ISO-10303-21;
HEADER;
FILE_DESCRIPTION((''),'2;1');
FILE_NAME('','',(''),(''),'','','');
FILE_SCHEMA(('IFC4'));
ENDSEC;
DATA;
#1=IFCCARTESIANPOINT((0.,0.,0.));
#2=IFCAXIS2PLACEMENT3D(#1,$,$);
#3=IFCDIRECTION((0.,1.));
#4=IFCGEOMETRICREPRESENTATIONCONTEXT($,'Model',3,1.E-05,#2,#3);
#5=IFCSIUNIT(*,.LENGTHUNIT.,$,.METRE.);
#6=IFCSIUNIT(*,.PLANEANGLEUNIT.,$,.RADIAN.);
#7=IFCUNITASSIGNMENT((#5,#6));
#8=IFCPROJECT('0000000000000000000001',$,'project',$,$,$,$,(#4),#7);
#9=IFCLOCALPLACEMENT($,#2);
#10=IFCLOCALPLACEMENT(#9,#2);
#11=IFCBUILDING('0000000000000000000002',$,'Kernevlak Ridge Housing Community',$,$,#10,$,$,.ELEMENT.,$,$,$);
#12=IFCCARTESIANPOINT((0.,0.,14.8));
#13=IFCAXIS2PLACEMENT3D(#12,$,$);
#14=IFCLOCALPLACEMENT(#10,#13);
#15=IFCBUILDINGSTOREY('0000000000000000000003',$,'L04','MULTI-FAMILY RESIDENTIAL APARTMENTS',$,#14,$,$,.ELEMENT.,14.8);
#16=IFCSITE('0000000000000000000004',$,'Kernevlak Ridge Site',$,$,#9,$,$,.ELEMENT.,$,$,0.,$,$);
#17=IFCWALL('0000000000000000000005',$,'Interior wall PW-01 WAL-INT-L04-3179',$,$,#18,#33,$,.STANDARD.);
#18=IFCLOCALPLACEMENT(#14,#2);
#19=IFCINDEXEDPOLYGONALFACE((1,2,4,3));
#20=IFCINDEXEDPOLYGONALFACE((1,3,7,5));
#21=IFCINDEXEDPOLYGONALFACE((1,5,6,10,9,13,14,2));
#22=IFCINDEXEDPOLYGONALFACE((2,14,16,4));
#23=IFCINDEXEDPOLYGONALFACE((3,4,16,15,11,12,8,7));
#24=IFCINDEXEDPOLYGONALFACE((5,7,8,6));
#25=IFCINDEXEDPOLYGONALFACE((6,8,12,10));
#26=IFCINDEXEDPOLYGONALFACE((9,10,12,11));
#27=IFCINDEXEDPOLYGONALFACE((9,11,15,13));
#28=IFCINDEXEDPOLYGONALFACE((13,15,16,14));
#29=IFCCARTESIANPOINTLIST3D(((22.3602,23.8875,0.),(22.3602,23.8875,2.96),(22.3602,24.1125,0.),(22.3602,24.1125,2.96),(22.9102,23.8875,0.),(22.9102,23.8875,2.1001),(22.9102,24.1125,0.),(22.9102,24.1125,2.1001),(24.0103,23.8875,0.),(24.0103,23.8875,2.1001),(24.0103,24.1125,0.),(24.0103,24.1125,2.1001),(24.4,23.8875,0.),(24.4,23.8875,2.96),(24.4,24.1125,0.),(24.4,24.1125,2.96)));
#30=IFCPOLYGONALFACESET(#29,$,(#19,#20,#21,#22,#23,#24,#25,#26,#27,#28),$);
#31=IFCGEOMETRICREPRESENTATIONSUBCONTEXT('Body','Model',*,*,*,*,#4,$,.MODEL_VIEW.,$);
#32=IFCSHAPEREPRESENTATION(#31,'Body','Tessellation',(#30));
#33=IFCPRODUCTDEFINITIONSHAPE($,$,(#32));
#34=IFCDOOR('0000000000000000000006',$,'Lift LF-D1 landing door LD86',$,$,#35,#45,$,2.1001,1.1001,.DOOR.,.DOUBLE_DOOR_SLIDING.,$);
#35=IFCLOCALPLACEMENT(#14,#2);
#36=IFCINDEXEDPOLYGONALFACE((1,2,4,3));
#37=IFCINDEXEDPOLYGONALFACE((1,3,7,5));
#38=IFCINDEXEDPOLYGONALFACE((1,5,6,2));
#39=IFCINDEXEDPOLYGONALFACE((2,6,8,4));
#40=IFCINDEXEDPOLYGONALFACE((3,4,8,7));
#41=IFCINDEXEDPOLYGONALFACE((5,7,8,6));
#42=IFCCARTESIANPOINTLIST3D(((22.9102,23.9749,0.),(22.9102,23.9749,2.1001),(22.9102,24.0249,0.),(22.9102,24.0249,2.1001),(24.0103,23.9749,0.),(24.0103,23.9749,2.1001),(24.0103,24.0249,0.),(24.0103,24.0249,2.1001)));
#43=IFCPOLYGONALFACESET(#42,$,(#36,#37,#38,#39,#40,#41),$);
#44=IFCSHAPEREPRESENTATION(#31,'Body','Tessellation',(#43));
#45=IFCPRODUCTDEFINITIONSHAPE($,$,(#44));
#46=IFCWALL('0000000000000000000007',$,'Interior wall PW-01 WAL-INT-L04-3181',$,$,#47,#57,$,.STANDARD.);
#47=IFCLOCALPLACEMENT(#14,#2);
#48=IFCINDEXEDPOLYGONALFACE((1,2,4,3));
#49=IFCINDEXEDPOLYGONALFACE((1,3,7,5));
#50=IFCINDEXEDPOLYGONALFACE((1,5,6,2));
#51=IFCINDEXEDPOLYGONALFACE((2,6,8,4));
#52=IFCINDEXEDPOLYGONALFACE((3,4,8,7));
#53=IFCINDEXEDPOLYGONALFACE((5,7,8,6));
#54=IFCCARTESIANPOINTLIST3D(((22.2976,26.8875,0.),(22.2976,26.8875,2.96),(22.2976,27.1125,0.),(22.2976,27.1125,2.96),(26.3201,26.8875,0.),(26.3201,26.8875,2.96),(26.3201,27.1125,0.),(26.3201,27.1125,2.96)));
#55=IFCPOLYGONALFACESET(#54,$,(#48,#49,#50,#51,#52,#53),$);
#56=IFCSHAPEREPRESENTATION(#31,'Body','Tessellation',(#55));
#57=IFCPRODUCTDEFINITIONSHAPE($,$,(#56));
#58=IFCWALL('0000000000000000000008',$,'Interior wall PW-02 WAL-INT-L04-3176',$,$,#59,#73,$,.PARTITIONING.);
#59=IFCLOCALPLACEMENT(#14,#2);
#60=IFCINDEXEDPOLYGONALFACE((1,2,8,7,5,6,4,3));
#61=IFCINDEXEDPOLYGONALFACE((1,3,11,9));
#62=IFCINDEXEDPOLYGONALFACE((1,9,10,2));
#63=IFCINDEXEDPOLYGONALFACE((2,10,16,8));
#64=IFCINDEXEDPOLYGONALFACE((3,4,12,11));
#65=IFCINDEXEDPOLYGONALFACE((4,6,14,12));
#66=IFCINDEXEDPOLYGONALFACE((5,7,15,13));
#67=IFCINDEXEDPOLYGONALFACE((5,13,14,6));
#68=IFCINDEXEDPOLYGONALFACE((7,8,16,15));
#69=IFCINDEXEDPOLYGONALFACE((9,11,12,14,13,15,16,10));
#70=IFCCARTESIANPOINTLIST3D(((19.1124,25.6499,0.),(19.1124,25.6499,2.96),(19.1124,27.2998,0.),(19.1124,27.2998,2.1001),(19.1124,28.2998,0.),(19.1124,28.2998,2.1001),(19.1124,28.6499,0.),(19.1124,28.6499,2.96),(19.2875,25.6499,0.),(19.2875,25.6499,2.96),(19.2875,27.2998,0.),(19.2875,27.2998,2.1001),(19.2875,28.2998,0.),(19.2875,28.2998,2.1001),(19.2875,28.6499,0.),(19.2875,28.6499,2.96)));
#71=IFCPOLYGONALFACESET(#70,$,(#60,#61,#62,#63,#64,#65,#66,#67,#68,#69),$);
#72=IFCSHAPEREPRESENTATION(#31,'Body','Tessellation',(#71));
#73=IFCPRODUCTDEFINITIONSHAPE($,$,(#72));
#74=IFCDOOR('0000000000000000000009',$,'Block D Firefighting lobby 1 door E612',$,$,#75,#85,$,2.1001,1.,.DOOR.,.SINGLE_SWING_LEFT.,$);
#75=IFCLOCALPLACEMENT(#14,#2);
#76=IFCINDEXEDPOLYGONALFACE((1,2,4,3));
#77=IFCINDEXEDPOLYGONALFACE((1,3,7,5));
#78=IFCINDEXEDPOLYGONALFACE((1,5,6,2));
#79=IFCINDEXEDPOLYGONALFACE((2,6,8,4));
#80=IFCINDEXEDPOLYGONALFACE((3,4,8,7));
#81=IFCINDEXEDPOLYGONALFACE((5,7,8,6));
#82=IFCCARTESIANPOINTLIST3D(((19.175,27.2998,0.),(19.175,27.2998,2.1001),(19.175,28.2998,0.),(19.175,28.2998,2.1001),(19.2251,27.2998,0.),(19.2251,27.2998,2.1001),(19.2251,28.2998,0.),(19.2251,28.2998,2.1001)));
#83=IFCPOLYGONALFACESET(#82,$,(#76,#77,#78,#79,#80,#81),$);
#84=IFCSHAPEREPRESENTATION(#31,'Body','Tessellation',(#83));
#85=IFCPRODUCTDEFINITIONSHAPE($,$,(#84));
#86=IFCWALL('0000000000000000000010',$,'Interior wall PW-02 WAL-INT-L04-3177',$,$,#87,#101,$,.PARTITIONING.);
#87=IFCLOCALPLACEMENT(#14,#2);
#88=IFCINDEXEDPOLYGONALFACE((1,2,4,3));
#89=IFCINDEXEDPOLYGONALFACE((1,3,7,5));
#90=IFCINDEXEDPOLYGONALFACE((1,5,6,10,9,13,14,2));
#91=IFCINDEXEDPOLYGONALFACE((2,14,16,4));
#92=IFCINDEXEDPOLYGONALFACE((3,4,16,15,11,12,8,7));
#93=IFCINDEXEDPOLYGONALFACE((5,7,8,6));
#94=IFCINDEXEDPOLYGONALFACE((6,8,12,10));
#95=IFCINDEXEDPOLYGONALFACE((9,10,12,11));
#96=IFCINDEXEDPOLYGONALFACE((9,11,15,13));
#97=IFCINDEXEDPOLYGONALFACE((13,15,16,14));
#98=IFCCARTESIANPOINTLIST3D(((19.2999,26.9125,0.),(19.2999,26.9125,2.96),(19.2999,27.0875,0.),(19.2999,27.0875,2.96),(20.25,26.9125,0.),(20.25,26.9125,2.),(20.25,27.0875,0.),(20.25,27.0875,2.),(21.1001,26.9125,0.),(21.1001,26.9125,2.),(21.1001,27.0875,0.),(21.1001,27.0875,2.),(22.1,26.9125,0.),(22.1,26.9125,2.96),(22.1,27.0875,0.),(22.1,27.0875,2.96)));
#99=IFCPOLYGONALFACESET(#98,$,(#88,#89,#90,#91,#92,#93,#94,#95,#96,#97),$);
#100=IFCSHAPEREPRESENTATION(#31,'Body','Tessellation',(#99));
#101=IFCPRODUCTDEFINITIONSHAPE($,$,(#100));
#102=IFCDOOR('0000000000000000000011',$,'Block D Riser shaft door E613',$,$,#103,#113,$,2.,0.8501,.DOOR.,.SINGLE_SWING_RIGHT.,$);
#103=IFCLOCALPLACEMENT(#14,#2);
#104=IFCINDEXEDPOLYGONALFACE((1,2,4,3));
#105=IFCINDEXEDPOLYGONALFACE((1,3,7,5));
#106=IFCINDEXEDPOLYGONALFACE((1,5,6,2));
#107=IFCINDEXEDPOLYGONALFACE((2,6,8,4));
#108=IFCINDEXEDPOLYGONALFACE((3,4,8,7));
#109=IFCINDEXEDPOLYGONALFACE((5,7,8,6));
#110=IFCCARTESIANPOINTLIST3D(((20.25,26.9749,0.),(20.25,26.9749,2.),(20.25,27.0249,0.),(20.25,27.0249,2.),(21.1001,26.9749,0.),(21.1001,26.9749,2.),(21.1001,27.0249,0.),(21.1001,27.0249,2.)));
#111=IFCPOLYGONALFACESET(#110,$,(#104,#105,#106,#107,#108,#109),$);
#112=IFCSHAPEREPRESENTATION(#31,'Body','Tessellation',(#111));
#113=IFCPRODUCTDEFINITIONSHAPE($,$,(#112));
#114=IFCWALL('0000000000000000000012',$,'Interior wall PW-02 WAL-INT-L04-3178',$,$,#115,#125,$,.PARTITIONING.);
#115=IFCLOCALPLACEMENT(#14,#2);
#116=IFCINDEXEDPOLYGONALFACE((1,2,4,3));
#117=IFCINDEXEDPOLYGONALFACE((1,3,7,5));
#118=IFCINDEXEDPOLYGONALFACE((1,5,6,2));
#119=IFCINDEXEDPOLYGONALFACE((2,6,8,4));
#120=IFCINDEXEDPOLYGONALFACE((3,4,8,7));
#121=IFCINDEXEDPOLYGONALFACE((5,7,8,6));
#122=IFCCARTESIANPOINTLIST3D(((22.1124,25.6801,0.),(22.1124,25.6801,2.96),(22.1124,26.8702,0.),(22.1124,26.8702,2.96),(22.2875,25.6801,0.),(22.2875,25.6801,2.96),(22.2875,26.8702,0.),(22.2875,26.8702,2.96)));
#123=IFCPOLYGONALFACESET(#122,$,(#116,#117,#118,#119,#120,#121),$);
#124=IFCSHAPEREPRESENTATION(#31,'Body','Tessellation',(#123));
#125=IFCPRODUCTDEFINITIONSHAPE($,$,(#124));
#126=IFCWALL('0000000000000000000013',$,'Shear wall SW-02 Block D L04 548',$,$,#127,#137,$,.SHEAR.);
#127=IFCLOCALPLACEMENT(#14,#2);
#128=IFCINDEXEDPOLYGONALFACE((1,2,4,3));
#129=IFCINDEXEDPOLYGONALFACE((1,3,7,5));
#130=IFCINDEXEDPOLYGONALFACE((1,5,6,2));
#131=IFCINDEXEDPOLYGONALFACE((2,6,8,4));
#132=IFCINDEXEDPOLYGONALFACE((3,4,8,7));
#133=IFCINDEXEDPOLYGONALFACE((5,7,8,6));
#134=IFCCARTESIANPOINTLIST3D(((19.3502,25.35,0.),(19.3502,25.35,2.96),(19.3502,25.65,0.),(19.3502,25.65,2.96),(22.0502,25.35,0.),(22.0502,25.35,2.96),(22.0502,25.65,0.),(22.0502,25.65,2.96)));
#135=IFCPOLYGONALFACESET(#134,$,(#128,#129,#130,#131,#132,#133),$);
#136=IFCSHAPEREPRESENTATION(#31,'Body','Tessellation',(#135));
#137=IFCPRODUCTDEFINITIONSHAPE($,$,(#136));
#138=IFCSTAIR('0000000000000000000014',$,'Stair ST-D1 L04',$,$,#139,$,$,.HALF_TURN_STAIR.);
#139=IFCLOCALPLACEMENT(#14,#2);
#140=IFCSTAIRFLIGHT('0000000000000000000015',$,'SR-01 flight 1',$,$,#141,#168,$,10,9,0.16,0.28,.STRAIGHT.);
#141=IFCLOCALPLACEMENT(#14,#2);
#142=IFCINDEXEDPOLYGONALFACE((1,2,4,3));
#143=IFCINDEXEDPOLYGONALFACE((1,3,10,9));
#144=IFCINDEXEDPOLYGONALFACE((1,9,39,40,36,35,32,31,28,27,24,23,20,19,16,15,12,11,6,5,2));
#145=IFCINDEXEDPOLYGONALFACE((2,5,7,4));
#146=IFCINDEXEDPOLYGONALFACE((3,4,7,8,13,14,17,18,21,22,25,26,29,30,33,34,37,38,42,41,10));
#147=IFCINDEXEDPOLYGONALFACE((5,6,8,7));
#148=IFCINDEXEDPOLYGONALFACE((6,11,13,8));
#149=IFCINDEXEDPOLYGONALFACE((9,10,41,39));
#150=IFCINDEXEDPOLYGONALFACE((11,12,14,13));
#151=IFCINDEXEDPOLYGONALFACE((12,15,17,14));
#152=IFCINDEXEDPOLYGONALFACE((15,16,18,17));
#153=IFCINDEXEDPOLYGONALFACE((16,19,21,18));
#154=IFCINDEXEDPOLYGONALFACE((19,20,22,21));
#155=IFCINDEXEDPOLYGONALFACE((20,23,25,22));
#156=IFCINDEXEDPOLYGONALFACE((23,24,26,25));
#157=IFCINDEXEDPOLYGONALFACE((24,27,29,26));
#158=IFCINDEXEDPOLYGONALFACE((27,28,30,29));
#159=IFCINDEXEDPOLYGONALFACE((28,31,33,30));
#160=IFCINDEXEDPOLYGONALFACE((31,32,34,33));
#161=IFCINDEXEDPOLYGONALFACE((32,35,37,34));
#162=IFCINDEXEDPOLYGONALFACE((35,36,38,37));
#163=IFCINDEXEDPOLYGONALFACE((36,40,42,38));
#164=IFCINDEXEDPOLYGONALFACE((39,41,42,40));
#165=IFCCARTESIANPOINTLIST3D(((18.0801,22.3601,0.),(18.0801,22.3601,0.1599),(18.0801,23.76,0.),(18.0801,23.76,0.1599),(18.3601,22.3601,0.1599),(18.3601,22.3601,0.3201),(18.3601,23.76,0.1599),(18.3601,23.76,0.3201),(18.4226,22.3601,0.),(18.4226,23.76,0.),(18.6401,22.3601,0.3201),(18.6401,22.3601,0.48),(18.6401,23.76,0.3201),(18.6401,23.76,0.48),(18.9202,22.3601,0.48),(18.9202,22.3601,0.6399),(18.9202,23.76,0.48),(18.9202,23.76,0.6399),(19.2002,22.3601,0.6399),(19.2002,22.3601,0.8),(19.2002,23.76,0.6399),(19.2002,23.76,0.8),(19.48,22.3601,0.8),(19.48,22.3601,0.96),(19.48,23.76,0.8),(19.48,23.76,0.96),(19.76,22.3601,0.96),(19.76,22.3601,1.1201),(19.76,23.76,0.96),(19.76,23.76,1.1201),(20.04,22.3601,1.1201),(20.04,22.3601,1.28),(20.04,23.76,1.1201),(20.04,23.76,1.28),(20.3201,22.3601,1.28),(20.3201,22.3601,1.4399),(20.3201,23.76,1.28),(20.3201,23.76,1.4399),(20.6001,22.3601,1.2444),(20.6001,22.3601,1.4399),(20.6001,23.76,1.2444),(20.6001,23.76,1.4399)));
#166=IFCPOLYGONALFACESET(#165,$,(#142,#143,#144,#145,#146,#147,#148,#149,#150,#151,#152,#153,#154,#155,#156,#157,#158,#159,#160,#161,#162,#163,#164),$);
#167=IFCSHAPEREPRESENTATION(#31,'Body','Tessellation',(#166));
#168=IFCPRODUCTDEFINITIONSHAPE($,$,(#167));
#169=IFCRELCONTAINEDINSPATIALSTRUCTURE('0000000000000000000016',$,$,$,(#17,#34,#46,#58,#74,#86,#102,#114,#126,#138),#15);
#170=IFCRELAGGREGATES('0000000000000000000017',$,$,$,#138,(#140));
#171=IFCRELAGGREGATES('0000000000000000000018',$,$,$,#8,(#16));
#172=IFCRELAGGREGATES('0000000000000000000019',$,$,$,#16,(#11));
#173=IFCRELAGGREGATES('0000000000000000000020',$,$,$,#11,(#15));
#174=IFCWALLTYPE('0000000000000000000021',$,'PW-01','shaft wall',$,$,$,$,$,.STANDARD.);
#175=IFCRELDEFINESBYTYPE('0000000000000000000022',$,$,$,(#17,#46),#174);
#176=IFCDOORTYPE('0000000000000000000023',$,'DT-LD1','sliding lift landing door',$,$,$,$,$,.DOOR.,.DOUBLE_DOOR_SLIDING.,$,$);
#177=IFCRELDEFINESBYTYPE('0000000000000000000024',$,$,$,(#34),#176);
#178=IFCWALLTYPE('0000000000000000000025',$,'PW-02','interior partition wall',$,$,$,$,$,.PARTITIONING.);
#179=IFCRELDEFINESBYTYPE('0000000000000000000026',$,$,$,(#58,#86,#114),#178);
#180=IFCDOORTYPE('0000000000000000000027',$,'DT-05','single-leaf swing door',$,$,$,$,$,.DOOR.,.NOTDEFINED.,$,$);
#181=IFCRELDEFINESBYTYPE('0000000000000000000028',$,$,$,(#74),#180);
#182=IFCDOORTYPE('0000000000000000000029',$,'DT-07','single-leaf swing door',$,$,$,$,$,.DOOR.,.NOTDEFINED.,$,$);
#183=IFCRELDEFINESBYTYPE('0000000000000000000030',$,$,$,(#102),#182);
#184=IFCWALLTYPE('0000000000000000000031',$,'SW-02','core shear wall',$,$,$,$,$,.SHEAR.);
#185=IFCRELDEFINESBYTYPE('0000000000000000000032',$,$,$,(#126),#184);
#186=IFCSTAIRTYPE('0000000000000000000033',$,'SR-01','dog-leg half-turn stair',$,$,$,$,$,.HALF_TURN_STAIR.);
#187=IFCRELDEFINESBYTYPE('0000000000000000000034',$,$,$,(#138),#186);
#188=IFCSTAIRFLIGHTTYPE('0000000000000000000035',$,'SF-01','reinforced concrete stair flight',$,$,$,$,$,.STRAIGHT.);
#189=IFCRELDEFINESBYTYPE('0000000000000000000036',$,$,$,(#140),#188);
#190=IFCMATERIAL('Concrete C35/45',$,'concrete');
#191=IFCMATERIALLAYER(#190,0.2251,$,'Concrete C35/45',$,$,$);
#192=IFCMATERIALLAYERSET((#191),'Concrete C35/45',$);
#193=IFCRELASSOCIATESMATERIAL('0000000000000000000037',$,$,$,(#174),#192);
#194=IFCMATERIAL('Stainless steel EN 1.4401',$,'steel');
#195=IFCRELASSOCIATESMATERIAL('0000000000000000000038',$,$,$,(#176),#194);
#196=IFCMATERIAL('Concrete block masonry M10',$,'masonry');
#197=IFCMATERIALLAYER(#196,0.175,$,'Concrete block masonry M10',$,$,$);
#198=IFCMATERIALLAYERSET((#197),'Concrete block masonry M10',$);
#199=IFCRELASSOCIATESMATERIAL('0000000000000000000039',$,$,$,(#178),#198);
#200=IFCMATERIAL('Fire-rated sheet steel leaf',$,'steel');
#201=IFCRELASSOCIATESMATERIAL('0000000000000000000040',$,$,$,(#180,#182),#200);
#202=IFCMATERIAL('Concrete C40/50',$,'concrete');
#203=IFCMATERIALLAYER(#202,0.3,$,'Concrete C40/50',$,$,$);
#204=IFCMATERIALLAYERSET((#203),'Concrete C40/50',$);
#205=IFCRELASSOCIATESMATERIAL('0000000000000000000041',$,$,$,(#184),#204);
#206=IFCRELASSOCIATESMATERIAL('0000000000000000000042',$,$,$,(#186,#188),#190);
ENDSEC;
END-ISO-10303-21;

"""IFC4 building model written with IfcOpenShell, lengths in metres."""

from ifc_helpers import new_model, si_unit, direction, frame, frame_2d, origin, place, context, subcontext, project, spatial, polyline, rectangle, outline, extrude, material, layer, layer_set, type_object, element, fill, aggregate, save


model = new_model("IFC4")

# Units and contexts
model_context = context("Model", 3, precision=1e-05, world=origin(), true_north=direction((0.0, 1.0)))
body_context = subcontext(model_context, "Body", "Model", "MODEL_VIEW")
ifc_project = project(units=[si_unit("LENGTHUNIT", "METRE"), si_unit("PLANEANGLEUNIT", "RADIAN")], contexts=[model_context])

# Site, building, storey
site_placement = place(None, origin())
site = spatial("IfcSite", under=ifc_project, at=site_placement, Name="Kernevlak Ridge Site", CompositionType="ELEMENT", RefElevation=0.0)
building_placement = place(site_placement, origin())
building = spatial("IfcBuilding", under=site, at=building_placement, Name="Kernevlak Ridge Housing Community", CompositionType="ELEMENT")
storey_placement = place(building_placement, frame((0.0, 0.0, 14.8)))
storey = spatial("IfcBuildingStorey", under=building, at=storey_placement, Name="L04", Description="MULTI-FAMILY RESIDENTIAL APARTMENTS", CompositionType="ELEMENT", Elevation=14.8)

# Shared definitions
ifc_material_1 = material(Name="Concrete C35/45", Category="concrete")

# Wall, opening, door
ifc_layer_1 = layer(ifc_material_1, 0.2251, Name="Concrete C35/45")
ifc_layer_set_1 = layer_set([ifc_layer_1], Name="Concrete C35/45")
wall_type_1 = type_object("IfcWallType", Name="PW-01", Description="shaft wall", PredefinedType="STANDARD", material=ifc_layer_set_1)
ifc_material_2 = material(Name="Fire-rated sheet steel leaf", Category="steel")
wall_1_placement = place(storey_placement, frame((22.3601, 24.0, 0.0), z_axis=(0.0, 0.0, 1.0), x_axis=(1.0, 0.0, 0.0)))
wall_1 = element("IfcWall", 1, at=wall_1_placement, inside=storey, type_object=wall_type_1, Name="Interior wall PW-01 WAL-INT-L04-3179", PredefinedType="STANDARD", context=body_context, shape_type="SweptSolid", body=[
    extrude(rectangle(XDim=2.0398, YDim=0.2251, at=frame_2d((1.02, 0.0))), origin(), (0.0, 0.0, 1.0), 2.96),
])
opening_1_placement = place(wall_1_placement, frame((0.55, 0.0, 0.0)))
opening_1 = element("IfcOpeningElement", 2, at=opening_1_placement, cuts=wall_1, PredefinedType="OPENING", context=body_context, shape_type="SweptSolid", body=[
    extrude(rectangle(XDim=1.1001, YDim=2.1001, at=frame_2d((0.55, 1.05))), frame((0.0, 0.1226, 0.0), z_axis=(0.0, -1.0, 0.0), x_axis=(1.0, 0.0, 0.0)), (0.0, 0.0, 1.0), 0.2451),
])
ifc_material_3 = material(Name="Stainless steel EN 1.4401", Category="steel")
door_type_1 = type_object("IfcDoorType", Name="DT-LD1", Description="sliding lift landing door", OperationType="DOUBLE_DOOR_SLIDING", PredefinedType="DOOR", material=ifc_material_3)
door_1_placement = place(opening_1_placement, origin())
door_1 = element("IfcDoor", 3, at=door_1_placement, inside=storey, type_object=door_type_1, Name="Lift LF-D1 landing door LD86", OperationType="DOUBLE_DOOR_SLIDING", OverallHeight=2.1001, OverallWidth=1.1001, PredefinedType="DOOR", context=body_context, shape_type="SweptSolid", body=[
    extrude(rectangle(XDim=1.1001, YDim=2.1001, at=frame_2d((0.55, 1.05))), frame((0.0, 0.0249, 0.0), z_axis=(0.0, -1.0, 0.0), x_axis=(1.0, 0.0, 0.0)), (0.0, 0.0, 1.0), 0.05),
])
fill(opening_1, door_1)

# Wall
wall_2_placement = place(storey_placement, frame((22.2976, 27.0, 0.0), z_axis=(0.0, 0.0, 1.0), x_axis=(1.0, 0.0, 0.0)))
element("IfcWall", 4, at=wall_2_placement, inside=storey, type_object=wall_type_1, Name="Interior wall PW-01 WAL-INT-L04-3181", PredefinedType="STANDARD", context=body_context, shape_type="SweptSolid", body=[
    extrude(rectangle(XDim=4.0225, YDim=0.2251, at=frame_2d((2.0112, 0.0))), origin(), (0.0, 0.0, 1.0), 2.96),
])

# Walls, openings, doors
ifc_material_4 = material(Name="Concrete block masonry M10", Category="masonry")
ifc_layer_2 = layer(ifc_material_4, 0.175, Name="Concrete block masonry M10")
ifc_layer_set_2 = layer_set([ifc_layer_2], Name="Concrete block masonry M10")
wall_type_2 = type_object("IfcWallType", Name="PW-02", Description="interior partition wall", PredefinedType="PARTITIONING", material=ifc_layer_set_2)
wall_3_placement = place(storey_placement, frame((19.2, 25.6499, 0.0), z_axis=(0.0, 0.0, 1.0), x_axis=(0.0, 1.0, 0.0)))
wall_3 = element("IfcWall", 5, at=wall_3_placement, inside=storey, type_object=wall_type_2, Name="Interior wall PW-02 WAL-INT-L04-3176", PredefinedType="PARTITIONING", context=body_context, shape_type="SweptSolid", body=[
    extrude(rectangle(XDim=3.0, YDim=0.175, at=frame_2d((1.5, 0.0))), origin(), (0.0, 0.0, 1.0), 2.96),
])
opening_2_placement = place(wall_3_placement, frame((1.6499, 0.0, 0.0)))
opening_2 = element("IfcOpeningElement", 6, at=opening_2_placement, cuts=wall_3, PredefinedType="OPENING", context=body_context, shape_type="SweptSolid", body=[
    extrude(rectangle(XDim=1.0, YDim=2.1001, at=frame_2d((0.5, 1.05))), frame((0.0, 0.0974, 0.0), z_axis=(0.0, -1.0, 0.0), x_axis=(1.0, 0.0, 0.0)), (0.0, 0.0, 1.0), 0.1951),
])
door_type_2 = type_object("IfcDoorType", Name="DT-05", Description="single-leaf swing door", OperationType="NOTDEFINED", PredefinedType="DOOR", material=ifc_material_2)
door_2_placement = place(opening_2_placement, origin())
door_2 = element("IfcDoor", 7, at=door_2_placement, inside=storey, type_object=door_type_2, Name="Block D Firefighting lobby 1 door E612", OperationType="SINGLE_SWING_LEFT", OverallHeight=2.1001, OverallWidth=1.0, PredefinedType="DOOR", context=body_context, shape_type="SweptSolid", body=[
    extrude(rectangle(XDim=1.0, YDim=2.1001, at=frame_2d((0.5, 1.05))), frame((0.0, 0.0249, 0.0), z_axis=(0.0, -1.0, 0.0), x_axis=(1.0, 0.0, 0.0)), (0.0, 0.0, 1.0), 0.05),
])
fill(opening_2, door_2)
wall_4_placement = place(storey_placement, frame((19.3, 27.0, 0.0), z_axis=(0.0, 0.0, 1.0), x_axis=(1.0, 0.0, 0.0)))
wall_4 = element("IfcWall", 8, at=wall_4_placement, inside=storey, type_object=wall_type_2, Name="Interior wall PW-02 WAL-INT-L04-3177", PredefinedType="PARTITIONING", context=body_context, shape_type="SweptSolid", body=[
    extrude(rectangle(XDim=2.8, YDim=0.175, at=frame_2d((1.3999, 0.0))), origin(), (0.0, 0.0, 1.0), 2.96),
])
opening_3_placement = place(wall_4_placement, frame((0.95, 0.0, 0.0)))
opening_3 = element("IfcOpeningElement", 9, at=opening_3_placement, cuts=wall_4, PredefinedType="OPENING", context=body_context, shape_type="SweptSolid", body=[
    extrude(rectangle(XDim=0.8501, YDim=2.0, at=frame_2d((0.425, 1.0))), frame((0.0, 0.0974, 0.0), z_axis=(0.0, -1.0, 0.0), x_axis=(1.0, 0.0, 0.0)), (0.0, 0.0, 1.0), 0.1951),
])
door_type_3 = type_object("IfcDoorType", Name="DT-07", Description="single-leaf swing door", OperationType="NOTDEFINED", PredefinedType="DOOR", material=ifc_material_2)
door_3_placement = place(opening_3_placement, origin())
door_3 = element("IfcDoor", 10, at=door_3_placement, inside=storey, type_object=door_type_3, Name="Block D Riser shaft door E613", OperationType="SINGLE_SWING_RIGHT", OverallHeight=2.0, OverallWidth=0.8501, PredefinedType="DOOR", context=body_context, shape_type="SweptSolid", body=[
    extrude(rectangle(XDim=0.8501, YDim=2.0, at=frame_2d((0.425, 1.0))), frame((0.0, 0.0249, 0.0), z_axis=(0.0, -1.0, 0.0), x_axis=(1.0, 0.0, 0.0)), (0.0, 0.0, 1.0), 0.05),
])
fill(opening_3, door_3)

# Walls
wall_5_placement = place(storey_placement, frame((22.2, 25.6799, 0.0), z_axis=(0.0, 0.0, 1.0), x_axis=(0.0, 1.0, 0.0)))
element("IfcWall", 11, at=wall_5_placement, inside=storey, type_object=wall_type_2, Name="Interior wall PW-02 WAL-INT-L04-3178", PredefinedType="PARTITIONING", context=body_context, shape_type="SweptSolid", body=[
    extrude(rectangle(XDim=1.1902, YDim=0.175, at=frame_2d((0.5952, 0.0))), origin(), (0.0, 0.0, 1.0), 2.96),
])
ifc_material_5 = material(Name="Concrete C40/50", Category="concrete")
ifc_layer_3 = layer(ifc_material_5, 0.3, Name="Concrete C40/50")
ifc_layer_set_3 = layer_set([ifc_layer_3], Name="Concrete C40/50")
wall_type_3 = type_object("IfcWallType", Name="SW-02", Description="core shear wall", PredefinedType="SHEAR", material=ifc_layer_set_3)
wall_6_placement = place(storey_placement, frame((19.3501, 25.5, 0.0), z_axis=(0.0, 0.0, 1.0), x_axis=(1.0, 0.0, 0.0)))
element("IfcWall", 12, at=wall_6_placement, inside=storey, type_object=wall_type_3, Name="Shear wall SW-02 Block D L04 548", PredefinedType="SHEAR", context=body_context, shape_type="SweptSolid", body=[
    extrude(rectangle(XDim=2.7, YDim=0.3, at=frame_2d((1.3501, 0.0))), origin(), (0.0, 0.0, 1.0), 2.96),
])

# Stair, stair flight
stair_type = type_object("IfcStairType", Name="SR-01", Description="dog-leg half-turn stair", PredefinedType="HALF_TURN_STAIR", material=ifc_material_1)
stair_placement = place(storey_placement, origin())
stair = element("IfcStair", 13, at=stair_placement, inside=storey, type_object=stair_type, Name="Stair ST-D1 L04", PredefinedType="HALF_TURN_STAIR")
stair_flight_type = type_object("IfcStairFlightType", Name="SF-01", Description="reinforced concrete stair flight", PredefinedType="STRAIGHT", material=ifc_material_1)
stair_flight_1_placement = place(storey_placement, frame((18.0801, 23.0601, 0.0), z_axis=(0.0, 0.0, 1.0), x_axis=(1.0, 0.0, 0.0)))
stair_flight_1 = element("IfcStairFlight", 14, at=stair_flight_1_placement, type_object=stair_flight_type, Name="SR-01 flight 1", NumberOfRisers=10, NumberOfTreads=9, PredefinedType="STRAIGHT", RiserHeight=0.16, TreadLength=0.28, context=body_context, shape_type="SweptSolid", body=[
    extrude(outline(polyline([(0.0, 0.0), (0.0, 0.1599), (0.28, 0.1599), (0.28, 0.3201), (0.5601, 0.3201), (0.5601, 0.48), (0.8401, 0.48), (0.8401, 0.6399), (1.1201, 0.6399), (1.1201, 0.8), (1.3999, 0.8), (1.3999, 0.96), (1.6799, 0.96), (1.6799, 1.1201), (1.96, 1.1201), (1.96, 1.28), (2.24, 1.28), (2.24, 1.4399), (2.52, 1.4399), (2.52, 1.6001), (2.52, 1.2444), (0.3425, 0.0), (0.0, 0.0)])), frame((0.0, 0.7, 0.0), z_axis=(0.0, -1.0, 0.0), x_axis=(1.0, 0.0, 0.0)), (0.0, 0.0, 1.0), 1.3999),
])
aggregate(stair, [stair_flight_1])

save(model, "model.ifc")
